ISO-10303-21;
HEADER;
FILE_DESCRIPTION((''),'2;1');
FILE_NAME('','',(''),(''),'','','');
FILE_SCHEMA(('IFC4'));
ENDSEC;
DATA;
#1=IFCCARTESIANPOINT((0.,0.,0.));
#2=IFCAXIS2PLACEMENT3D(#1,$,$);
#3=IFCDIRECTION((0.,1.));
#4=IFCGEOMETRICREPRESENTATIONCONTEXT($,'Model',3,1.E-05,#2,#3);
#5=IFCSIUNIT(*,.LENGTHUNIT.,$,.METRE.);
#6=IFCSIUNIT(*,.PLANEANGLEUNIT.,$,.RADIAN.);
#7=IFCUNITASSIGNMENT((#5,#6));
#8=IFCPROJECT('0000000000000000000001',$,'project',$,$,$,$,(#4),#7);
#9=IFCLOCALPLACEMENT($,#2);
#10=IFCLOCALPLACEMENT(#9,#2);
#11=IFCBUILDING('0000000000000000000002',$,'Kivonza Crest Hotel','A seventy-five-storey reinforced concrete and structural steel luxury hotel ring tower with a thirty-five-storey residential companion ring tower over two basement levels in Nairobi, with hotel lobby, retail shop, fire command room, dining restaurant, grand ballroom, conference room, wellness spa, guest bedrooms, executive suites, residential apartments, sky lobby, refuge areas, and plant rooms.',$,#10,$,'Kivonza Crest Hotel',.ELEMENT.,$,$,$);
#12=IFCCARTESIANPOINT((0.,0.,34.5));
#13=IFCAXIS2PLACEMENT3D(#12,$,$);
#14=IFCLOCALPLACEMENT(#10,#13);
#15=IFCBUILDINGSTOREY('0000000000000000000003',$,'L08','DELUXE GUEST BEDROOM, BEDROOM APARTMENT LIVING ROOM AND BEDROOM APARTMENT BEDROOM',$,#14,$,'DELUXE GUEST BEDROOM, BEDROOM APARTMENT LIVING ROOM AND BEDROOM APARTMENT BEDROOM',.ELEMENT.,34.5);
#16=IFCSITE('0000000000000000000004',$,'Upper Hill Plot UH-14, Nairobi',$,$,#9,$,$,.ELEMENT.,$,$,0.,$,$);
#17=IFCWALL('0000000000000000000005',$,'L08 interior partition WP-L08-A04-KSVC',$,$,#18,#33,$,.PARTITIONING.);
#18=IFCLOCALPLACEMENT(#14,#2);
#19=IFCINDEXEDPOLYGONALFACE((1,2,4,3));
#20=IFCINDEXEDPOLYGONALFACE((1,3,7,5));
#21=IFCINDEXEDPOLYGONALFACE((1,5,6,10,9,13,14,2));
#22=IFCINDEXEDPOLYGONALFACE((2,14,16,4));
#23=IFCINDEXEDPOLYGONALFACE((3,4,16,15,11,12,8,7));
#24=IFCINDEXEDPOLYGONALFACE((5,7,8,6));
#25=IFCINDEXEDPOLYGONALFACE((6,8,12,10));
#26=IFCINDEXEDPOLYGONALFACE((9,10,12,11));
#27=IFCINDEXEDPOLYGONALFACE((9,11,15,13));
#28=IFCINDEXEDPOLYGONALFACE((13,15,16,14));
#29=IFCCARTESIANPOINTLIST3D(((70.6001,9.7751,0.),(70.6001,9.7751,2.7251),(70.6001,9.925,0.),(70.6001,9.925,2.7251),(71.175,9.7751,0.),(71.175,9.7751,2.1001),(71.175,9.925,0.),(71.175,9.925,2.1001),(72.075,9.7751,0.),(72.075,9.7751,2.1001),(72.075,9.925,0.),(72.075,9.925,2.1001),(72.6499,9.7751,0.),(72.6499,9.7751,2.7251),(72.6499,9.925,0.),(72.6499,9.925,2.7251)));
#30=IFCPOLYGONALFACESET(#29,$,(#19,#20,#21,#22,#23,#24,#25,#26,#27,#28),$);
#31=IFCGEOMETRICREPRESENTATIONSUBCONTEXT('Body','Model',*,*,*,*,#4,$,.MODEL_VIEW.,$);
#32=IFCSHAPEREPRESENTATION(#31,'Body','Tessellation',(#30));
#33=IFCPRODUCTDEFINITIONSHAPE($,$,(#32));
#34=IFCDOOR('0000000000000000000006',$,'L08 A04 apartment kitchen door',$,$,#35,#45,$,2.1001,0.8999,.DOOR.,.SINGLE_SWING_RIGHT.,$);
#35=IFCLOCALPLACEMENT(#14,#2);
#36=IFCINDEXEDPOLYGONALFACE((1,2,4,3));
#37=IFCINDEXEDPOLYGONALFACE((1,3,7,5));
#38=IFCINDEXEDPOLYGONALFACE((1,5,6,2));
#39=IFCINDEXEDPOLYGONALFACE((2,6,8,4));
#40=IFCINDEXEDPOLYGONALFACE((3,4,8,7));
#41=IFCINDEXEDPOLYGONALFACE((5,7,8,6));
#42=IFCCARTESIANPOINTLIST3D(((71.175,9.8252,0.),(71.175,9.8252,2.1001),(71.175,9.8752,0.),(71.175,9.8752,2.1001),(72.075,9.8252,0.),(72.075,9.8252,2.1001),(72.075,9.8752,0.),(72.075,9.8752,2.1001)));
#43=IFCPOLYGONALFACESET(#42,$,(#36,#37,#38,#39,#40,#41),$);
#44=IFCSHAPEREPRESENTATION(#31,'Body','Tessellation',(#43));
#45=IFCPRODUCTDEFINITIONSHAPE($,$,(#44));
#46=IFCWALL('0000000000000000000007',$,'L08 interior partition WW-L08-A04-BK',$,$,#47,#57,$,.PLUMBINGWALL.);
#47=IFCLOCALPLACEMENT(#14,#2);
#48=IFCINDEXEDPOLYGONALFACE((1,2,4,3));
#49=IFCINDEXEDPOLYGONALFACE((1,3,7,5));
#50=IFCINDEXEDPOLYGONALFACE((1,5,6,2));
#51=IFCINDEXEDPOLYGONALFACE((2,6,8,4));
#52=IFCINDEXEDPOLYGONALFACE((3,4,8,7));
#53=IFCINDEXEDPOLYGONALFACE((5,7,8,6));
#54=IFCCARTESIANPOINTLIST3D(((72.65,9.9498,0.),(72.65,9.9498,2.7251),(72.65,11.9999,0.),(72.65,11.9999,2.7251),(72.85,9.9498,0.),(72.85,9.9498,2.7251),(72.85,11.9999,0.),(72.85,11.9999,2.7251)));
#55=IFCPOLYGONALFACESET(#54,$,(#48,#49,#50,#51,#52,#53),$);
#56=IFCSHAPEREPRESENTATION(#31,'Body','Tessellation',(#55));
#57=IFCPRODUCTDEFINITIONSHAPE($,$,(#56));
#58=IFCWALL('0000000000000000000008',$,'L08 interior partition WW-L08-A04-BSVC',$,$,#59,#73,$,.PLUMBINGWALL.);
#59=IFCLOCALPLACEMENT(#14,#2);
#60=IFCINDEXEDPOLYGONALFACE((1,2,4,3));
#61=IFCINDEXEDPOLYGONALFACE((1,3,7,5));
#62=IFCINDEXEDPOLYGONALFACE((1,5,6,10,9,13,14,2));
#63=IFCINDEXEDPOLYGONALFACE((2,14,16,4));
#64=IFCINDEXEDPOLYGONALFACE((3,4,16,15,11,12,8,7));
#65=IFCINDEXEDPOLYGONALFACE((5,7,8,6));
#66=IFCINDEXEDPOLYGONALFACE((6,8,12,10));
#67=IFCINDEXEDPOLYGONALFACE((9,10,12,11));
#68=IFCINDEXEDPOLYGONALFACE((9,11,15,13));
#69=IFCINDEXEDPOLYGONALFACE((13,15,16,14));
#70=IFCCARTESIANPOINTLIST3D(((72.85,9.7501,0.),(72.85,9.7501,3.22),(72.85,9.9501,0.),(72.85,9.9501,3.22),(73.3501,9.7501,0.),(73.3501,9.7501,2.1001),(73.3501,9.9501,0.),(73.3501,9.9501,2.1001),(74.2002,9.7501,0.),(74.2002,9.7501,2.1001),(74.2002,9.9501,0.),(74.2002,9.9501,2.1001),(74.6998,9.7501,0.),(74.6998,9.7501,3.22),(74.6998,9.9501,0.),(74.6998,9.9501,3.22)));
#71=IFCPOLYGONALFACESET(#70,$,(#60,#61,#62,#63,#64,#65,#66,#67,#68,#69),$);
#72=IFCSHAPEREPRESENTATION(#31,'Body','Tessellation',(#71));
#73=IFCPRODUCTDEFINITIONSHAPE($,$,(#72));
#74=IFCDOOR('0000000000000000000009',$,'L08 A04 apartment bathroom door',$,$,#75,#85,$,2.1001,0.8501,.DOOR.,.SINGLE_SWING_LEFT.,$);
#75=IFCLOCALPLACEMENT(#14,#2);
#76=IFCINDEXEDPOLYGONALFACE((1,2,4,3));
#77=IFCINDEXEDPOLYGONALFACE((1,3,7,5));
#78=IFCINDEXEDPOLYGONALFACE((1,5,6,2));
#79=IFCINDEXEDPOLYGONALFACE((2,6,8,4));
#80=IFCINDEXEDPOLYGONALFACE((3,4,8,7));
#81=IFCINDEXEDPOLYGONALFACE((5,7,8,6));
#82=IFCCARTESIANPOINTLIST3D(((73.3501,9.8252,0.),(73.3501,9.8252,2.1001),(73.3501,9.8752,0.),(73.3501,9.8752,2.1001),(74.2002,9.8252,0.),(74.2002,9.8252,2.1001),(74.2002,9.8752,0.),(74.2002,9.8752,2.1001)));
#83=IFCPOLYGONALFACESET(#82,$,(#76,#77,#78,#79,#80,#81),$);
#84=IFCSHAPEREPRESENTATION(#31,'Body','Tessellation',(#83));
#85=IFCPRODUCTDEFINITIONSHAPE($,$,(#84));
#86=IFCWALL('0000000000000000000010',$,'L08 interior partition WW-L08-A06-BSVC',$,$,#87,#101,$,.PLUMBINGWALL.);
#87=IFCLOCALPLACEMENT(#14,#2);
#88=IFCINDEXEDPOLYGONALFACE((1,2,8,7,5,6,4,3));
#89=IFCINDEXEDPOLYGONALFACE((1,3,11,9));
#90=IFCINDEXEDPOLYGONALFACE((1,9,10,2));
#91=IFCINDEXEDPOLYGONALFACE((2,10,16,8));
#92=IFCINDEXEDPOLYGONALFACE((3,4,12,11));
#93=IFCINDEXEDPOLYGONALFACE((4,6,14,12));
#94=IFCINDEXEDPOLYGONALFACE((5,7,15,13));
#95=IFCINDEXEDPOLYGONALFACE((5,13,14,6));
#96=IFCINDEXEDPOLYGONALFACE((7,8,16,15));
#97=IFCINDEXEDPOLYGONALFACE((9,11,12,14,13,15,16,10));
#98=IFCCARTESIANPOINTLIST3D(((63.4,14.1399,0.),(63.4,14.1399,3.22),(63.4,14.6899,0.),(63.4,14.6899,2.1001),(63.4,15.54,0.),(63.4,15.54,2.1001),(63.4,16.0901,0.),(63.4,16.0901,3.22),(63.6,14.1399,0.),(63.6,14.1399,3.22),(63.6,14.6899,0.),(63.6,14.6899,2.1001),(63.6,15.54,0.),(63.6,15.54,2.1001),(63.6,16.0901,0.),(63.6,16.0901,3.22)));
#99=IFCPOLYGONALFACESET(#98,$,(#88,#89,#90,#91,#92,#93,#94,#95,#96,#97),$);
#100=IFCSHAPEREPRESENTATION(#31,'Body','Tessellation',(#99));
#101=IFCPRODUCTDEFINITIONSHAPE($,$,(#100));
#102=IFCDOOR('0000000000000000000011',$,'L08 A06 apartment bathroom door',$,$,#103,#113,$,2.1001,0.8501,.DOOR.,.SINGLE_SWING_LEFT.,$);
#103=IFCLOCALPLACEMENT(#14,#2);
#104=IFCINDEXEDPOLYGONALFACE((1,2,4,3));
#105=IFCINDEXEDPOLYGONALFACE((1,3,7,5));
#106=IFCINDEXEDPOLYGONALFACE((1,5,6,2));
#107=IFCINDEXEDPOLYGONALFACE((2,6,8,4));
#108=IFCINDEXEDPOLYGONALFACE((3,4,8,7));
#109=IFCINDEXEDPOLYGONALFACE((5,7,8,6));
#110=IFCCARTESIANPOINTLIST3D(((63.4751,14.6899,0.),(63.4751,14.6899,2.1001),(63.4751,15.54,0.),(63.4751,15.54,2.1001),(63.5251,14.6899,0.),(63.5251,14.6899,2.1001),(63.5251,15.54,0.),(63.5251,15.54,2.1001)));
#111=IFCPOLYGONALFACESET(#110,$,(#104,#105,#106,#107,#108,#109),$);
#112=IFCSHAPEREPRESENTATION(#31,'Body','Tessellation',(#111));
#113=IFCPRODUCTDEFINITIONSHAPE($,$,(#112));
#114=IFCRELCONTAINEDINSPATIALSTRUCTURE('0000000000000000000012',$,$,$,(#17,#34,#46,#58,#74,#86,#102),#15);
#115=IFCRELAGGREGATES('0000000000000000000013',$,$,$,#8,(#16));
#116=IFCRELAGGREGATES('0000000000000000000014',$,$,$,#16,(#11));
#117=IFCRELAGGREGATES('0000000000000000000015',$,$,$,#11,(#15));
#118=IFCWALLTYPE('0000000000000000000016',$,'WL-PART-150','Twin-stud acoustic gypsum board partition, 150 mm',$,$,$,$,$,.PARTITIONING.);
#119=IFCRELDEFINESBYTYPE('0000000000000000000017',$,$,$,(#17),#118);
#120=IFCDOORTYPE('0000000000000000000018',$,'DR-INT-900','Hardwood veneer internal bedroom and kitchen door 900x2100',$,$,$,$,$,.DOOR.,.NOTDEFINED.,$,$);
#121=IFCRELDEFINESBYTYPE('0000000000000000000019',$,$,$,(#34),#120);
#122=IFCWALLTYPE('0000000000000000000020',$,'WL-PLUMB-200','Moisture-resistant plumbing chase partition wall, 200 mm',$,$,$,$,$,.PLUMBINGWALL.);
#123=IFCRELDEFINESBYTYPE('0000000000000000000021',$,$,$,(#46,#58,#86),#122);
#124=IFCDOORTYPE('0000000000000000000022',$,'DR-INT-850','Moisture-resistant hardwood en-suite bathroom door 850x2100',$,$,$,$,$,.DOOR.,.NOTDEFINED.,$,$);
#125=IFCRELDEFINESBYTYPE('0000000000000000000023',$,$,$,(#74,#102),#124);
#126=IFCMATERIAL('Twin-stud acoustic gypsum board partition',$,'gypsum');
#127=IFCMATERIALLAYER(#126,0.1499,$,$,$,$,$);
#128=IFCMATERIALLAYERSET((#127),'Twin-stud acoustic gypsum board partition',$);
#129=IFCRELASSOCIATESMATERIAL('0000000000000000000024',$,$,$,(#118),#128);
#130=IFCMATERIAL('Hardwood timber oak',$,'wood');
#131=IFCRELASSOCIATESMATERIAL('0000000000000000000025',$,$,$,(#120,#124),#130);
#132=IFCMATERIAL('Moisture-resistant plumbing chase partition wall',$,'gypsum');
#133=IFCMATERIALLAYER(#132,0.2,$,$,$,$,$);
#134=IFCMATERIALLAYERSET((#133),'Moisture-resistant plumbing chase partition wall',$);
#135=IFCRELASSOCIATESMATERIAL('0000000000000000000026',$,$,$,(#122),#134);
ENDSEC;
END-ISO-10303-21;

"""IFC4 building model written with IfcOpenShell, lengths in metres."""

from ifc_helpers import new_model, si_unit, direction, frame, frame_2d, origin, place, context, subcontext, project, spatial, rectangle, extrude, material, layer, layer_set, type_object, element, fill, save


model = new_model("IFC4")

# Units and contexts
model_context = context("Model", 3, precision=1e-05, world=origin(), true_north=direction((0.0, 1.0)))
body_context = subcontext(model_context, "Body", "Model", "MODEL_VIEW")
ifc_project = project(units=[si_unit("LENGTHUNIT", "METRE"), si_unit("PLANEANGLEUNIT", "RADIAN")], contexts=[model_context])

# Site, building, storey
site_placement = place(None, origin())
site = spatial("IfcSite", under=ifc_project, at=site_placement, Name="Upper Hill Plot UH-14, Nairobi", CompositionType="ELEMENT", RefElevation=0.0)
building_placement = place(site_placement, origin())
building = spatial("IfcBuilding", under=site, at=building_placement, Name="Kivonza Crest Hotel", Description="A seventy-five-storey reinforced concrete and structural steel luxury hotel ring tower with a thirty-five-storey residential companion ring tower over two basement levels in Nairobi, with hotel lobby, retail shop, fire command room, dining restaurant, grand ballroom, conference room, wellness spa, guest bedrooms, executive suites, residential apartments, sky lobby, refuge areas, and plant rooms.", LongName="Kivonza Crest Hotel", CompositionType="ELEMENT")
storey_placement = place(building_placement, frame((0.0, 0.0, 34.5)))
storey = spatial("IfcBuildingStorey", under=building, at=storey_placement, Name="L08", Description="DELUXE GUEST BEDROOM, BEDROOM APARTMENT LIVING ROOM AND BEDROOM APARTMENT BEDROOM", LongName="DELUXE GUEST BEDROOM, BEDROOM APARTMENT LIVING ROOM AND BEDROOM APARTMENT BEDROOM", CompositionType="ELEMENT", Elevation=34.5)

# Shared definitions
ifc_material_1 = material(Name="Hardwood timber oak", Category="wood")

# Shared definitions
ifc_material_2 = material(Name="Twin-stud acoustic gypsum board partition", Category="gypsum")
ifc_layer_1 = layer(ifc_material_2, 0.1499)
ifc_layer_set_1 = layer_set([ifc_layer_1], Name="Twin-stud acoustic gypsum board partition")
wall_type_1 = type_object("IfcWallType", Name="WL-PART-150", Description="Twin-stud acoustic gypsum board partition, 150 mm", PredefinedType="PARTITIONING", material=ifc_layer_set_1)

# Wall, opening, door
wall_1_placement = place(storey_placement, frame((70.6001, 9.8501, 0.0), z_axis=(0.0, 0.0, 1.0), x_axis=(1.0, 0.0, 0.0)))
wall_1 = element("IfcWall", 1, at=wall_1_placement, inside=storey, type_object=wall_type_1, Name="L08 interior partition WP-L08-A04-KSVC", PredefinedType="PARTITIONING", context=body_context, shape_type="SweptSolid", body=[
    extrude(rectangle(XDim=2.0498, YDim=0.1499, at=frame_2d((1.0249, 0.0))), origin(), (0.0, 0.0, 1.0), 2.7251),
])
opening_1_placement = place(wall_1_placement, frame((0.575, 0.0, 0.0)))
opening_1 = element("IfcOpeningElement", 2, at=opening_1_placement, cuts=wall_1, PredefinedType="OPENING", context=body_context, shape_type="SweptSolid", body=[
    extrude(rectangle(XDim=0.8999, YDim=2.1001, at=frame_2d((0.45, 1.05))), frame((0.0, 0.085, 0.0), z_axis=(0.0, -1.0, 0.0), x_axis=(1.0, 0.0, 0.0)), (0.0, 0.0, 1.0), 0.1699),
])
door_type_1 = type_object("IfcDoorType", Name="DR-INT-900", Description="Hardwood veneer internal bedroom and kitchen door 900x2100", OperationType="NOTDEFINED", PredefinedType="DOOR", material=ifc_material_1)
door_1_placement = place(opening_1_placement, frame((0.8999, 0.0, 0.0), z_axis=(0.0, 0.0, 1.0), x_axis=(-1.0, 0.0, 0.0)))
door_1 = element("IfcDoor", 3, at=door_1_placement, inside=storey, type_object=door_type_1, Name="L08 A04 apartment kitchen door", OperationType="SINGLE_SWING_RIGHT", OverallHeight=2.1001, OverallWidth=0.8999, PredefinedType="DOOR", context=body_context, shape_type="SweptSolid", body=[
    extrude(rectangle(XDim=0.8999, YDim=2.1001, at=frame_2d((0.45, 1.05))), frame((0.0, 0.0249, 0.0), z_axis=(0.0, -1.0, 0.0), x_axis=(1.0, 0.0, 0.0)), (0.0, 0.0, 1.0), 0.05),
])
fill(opening_1, door_1)

# Wall
ifc_material_3 = material(Name="Moisture-resistant plumbing chase partition wall", Category="gypsum")
ifc_layer_2 = layer(ifc_material_3, 0.2)
ifc_layer_set_2 = layer_set([ifc_layer_2], Name="Moisture-resistant plumbing chase partition wall")
wall_type_2 = type_object("IfcWallType", Name="WL-PLUMB-200", Description="Moisture-resistant plumbing chase partition wall, 200 mm", PredefinedType="PLUMBINGWALL", material=ifc_layer_set_2)
wall_2_placement = place(storey_placement, frame((72.75, 9.95, 0.0), z_axis=(0.0, 0.0, 1.0), x_axis=(0.0, 1.0, 0.0)))
element("IfcWall", 4, at=wall_2_placement, inside=storey, type_object=wall_type_2, Name="L08 interior partition WW-L08-A04-BK", PredefinedType="PLUMBINGWALL", context=body_context, shape_type="SweptSolid", body=[
    extrude(rectangle(XDim=2.05, YDim=0.2, at=frame_2d((1.0249, 0.0))), origin(), (0.0, 0.0, 1.0), 2.7251),
])

# Walls, openings, doors
wall_3_placement = place(storey_placement, frame((72.8501, 9.8501, 0.0), z_axis=(0.0, 0.0, 1.0), x_axis=(1.0, 0.0, 0.0)))
wall_3 = element("IfcWall", 5, at=wall_3_placement, inside=storey, type_object=wall_type_2, Name="L08 interior partition WW-L08-A04-BSVC", PredefinedType="PLUMBINGWALL", context=body_context, shape_type="SweptSolid", body=[
    extrude(rectangle(XDim=1.8499, YDim=0.2, at=frame_2d((0.9248, 0.0))), origin(), (0.0, 0.0, 1.0), 3.22),
])
opening_2_placement = place(wall_3_placement, frame((0.5, 0.0, 0.0)))
opening_2 = element("IfcOpeningElement", 6, at=opening_2_placement, cuts=wall_3, PredefinedType="OPENING", context=body_context, shape_type="SweptSolid", body=[
    extrude(rectangle(XDim=0.8501, YDim=2.1001, at=frame_2d((0.425, 1.05))), frame((0.0, 0.1099, 0.0), z_axis=(0.0, -1.0, 0.0), x_axis=(1.0, 0.0, 0.0)), (0.0, 0.0, 1.0), 0.22),
])
door_type_2 = type_object("IfcDoorType", Name="DR-INT-850", Description="Moisture-resistant hardwood en-suite bathroom door 850x2100", OperationType="NOTDEFINED", PredefinedType="DOOR", material=ifc_material_1)
door_2_placement = place(opening_2_placement, frame((0.8501, 0.0, 0.0), z_axis=(0.0, 0.0, 1.0), x_axis=(-1.0, 0.0, 0.0)))
door_2 = element("IfcDoor", 7, at=door_2_placement, inside=storey, type_object=door_type_2, Name="L08 A04 apartment bathroom door", OperationType="SINGLE_SWING_LEFT", OverallHeight=2.1001, OverallWidth=0.8501, PredefinedType="DOOR", context=body_context, shape_type="SweptSolid", body=[
    extrude(rectangle(XDim=0.8501, YDim=2.1001, at=frame_2d((0.425, 1.05))), frame((0.0, 0.0249, 0.0), z_axis=(0.0, -1.0, 0.0), x_axis=(1.0, 0.0, 0.0)), (0.0, 0.0, 1.0), 0.05),
])
fill(opening_2, door_2)
wall_4_placement = place(storey_placement, frame((63.5, 14.1399, 0.0), z_axis=(0.0, 0.0, 1.0), x_axis=(0.0, 1.0, 0.0)))
wall_4 = element("IfcWall", 8, at=wall_4_placement, inside=storey, type_object=wall_type_2, Name="L08 interior partition WW-L08-A06-BSVC", PredefinedType="PLUMBINGWALL", context=body_context, shape_type="SweptSolid", body=[
    extrude(rectangle(XDim=1.9502, YDim=0.2, at=frame_2d((0.9751, 0.0))), origin(), (0.0, 0.0, 1.0), 3.22),
])
opening_3_placement = place(wall_4_placement, frame((0.55, 0.0, 0.0)))
opening_3 = element("IfcOpeningElement", 9, at=opening_3_placement, cuts=wall_4, PredefinedType="OPENING", context=body_context, shape_type="SweptSolid", body=[
    extrude(rectangle(XDim=0.8501, YDim=2.1001, at=frame_2d((0.425, 1.05))), frame((0.0, 0.1099, 0.0), z_axis=(0.0, -1.0, 0.0), x_axis=(1.0, 0.0, 0.0)), (0.0, 0.0, 1.0), 0.22),
])
door_3_placement = place(opening_3_placement, origin())
door_3 = element("IfcDoor", 10, at=door_3_placement, inside=storey, type_object=door_type_2, Name="L08 A06 apartment bathroom door", OperationType="SINGLE_SWING_LEFT", OverallHeight=2.1001, OverallWidth=0.8501, PredefinedType="DOOR", context=body_context, shape_type="SweptSolid", body=[
    extrude(rectangle(XDim=0.8501, YDim=2.1001, at=frame_2d((0.425, 1.05))), frame((0.0, 0.0249, 0.0), z_axis=(0.0, -1.0, 0.0), x_axis=(1.0, 0.0, 0.0)), (0.0, 0.0, 1.0), 0.05),
])
fill(opening_3, door_3)

save(model, "model.ifc")
